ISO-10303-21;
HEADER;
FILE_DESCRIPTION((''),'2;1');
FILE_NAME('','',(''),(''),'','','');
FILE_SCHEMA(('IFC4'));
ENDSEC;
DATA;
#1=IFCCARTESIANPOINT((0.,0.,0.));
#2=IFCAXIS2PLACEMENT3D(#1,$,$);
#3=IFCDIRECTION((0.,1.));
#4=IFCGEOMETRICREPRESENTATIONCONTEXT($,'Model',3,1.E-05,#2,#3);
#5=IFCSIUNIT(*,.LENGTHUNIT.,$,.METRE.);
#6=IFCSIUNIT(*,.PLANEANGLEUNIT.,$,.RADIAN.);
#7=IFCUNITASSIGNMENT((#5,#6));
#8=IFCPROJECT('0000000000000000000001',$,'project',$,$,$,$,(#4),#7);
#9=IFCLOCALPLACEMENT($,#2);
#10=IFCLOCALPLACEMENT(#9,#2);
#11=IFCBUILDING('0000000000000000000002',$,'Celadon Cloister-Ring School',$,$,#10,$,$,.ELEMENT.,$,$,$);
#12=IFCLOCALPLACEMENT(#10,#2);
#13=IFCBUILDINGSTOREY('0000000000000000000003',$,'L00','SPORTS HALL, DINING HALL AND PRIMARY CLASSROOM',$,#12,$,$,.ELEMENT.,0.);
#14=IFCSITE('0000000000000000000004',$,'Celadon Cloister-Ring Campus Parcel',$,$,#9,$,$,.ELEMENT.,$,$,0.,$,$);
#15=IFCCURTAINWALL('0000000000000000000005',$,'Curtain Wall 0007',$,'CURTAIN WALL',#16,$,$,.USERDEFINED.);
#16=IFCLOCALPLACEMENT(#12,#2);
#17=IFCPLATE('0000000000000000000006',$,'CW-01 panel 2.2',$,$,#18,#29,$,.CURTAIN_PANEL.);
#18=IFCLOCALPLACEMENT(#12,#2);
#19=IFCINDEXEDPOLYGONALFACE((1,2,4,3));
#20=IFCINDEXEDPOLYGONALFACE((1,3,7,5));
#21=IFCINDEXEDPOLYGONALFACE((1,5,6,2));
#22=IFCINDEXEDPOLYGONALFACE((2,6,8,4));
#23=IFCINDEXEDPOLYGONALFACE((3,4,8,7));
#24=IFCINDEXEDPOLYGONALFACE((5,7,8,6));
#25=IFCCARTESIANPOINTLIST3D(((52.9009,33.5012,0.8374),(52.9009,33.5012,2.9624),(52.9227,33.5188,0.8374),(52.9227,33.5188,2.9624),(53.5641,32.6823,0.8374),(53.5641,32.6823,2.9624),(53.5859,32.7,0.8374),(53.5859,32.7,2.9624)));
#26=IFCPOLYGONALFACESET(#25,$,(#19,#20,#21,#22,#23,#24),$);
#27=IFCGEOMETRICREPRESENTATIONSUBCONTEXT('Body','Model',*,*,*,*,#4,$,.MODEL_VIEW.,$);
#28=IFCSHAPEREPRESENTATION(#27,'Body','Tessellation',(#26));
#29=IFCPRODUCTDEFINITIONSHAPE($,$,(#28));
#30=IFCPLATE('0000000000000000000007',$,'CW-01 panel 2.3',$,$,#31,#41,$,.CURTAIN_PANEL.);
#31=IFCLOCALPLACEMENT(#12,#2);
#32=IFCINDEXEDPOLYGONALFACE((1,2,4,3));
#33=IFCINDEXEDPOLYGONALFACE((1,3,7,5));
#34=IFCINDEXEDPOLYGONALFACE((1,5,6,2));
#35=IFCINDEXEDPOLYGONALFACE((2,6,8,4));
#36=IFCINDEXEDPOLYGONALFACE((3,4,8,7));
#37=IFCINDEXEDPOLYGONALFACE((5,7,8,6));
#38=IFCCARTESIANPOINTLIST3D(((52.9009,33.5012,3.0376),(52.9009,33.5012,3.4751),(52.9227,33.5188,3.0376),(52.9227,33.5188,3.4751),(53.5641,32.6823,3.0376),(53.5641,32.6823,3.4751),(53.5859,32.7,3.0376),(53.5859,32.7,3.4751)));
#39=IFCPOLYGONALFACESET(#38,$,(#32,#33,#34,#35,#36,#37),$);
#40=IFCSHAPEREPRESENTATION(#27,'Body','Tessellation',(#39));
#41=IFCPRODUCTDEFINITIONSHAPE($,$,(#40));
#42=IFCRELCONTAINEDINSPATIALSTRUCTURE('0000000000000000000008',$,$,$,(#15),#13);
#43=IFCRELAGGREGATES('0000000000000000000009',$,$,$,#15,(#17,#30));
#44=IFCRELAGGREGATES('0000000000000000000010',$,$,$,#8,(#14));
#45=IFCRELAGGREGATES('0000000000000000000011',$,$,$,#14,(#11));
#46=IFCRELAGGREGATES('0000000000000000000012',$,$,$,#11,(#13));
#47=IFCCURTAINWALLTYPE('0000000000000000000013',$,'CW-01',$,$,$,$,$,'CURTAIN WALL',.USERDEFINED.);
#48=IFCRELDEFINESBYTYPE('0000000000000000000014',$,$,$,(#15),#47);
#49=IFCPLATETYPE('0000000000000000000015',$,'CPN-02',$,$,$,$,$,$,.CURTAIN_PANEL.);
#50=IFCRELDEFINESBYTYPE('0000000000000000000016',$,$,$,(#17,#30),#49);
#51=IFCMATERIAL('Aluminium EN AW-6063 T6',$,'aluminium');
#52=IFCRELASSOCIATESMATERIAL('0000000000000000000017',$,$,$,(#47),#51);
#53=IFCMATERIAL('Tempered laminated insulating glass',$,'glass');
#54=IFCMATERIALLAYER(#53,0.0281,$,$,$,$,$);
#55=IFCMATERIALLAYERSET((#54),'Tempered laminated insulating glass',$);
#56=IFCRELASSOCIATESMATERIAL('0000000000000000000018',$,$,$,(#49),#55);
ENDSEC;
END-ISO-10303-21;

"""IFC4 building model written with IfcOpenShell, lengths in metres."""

from ifc_helpers import new_model, si_unit, direction, frame, origin, origin_2d, place, context, subcontext, project, spatial, rectangle, extrude, material, layer, layer_set, type_object, element, aggregate, save


model = new_model("IFC4")

# Units and contexts
model_context = context("Model", 3, precision=1e-05, world=origin(), true_north=direction((0.0, 1.0)))
body_context = subcontext(model_context, "Body", "Model", "MODEL_VIEW")
ifc_project = project(units=[si_unit("LENGTHUNIT", "METRE"), si_unit("PLANEANGLEUNIT", "RADIAN")], contexts=[model_context])

# Site, building, storey
site_placement = place(None, origin())
site = spatial("IfcSite", under=ifc_project, at=site_placement, Name="Celadon Cloister-Ring Campus Parcel", CompositionType="ELEMENT", RefElevation=0.0)
building_placement = place(site_placement, origin())
building = spatial("IfcBuilding", under=site, at=building_placement, Name="Celadon Cloister-Ring School", CompositionType="ELEMENT")
storey_placement = place(building_placement, origin())
storey = spatial("IfcBuildingStorey", under=building, at=storey_placement, Name="L00", Description="SPORTS HALL, DINING HALL AND PRIMARY CLASSROOM", CompositionType="ELEMENT", Elevation=0.0)

# Shared definitions
ifc_material_1 = material(Name="Aluminium EN AW-6063 T6", Category="aluminium")
curtain_wall_type = type_object("IfcCurtainWallType", Name="CW-01", ElementType="CURTAIN WALL", PredefinedType="USERDEFINED", material=ifc_material_1)

# Curtain wall
curtain_wall_1_placement = place(storey_placement, origin())
curtain_wall_1 = element("IfcCurtainWall", 1, at=curtain_wall_1_placement, inside=storey, type_object=curtain_wall_type, Name="Curtain Wall 0007", ObjectType="CURTAIN WALL", PredefinedType="USERDEFINED")

# Plates
ifc_material_2 = material(Name="Tempered laminated insulating glass", Category="glass")
ifc_layer = layer(ifc_material_2, 0.0281)
ifc_layer_set = layer_set([ifc_layer], Name="Tempered laminated insulating glass")
plate_type = type_object("IfcPlateType", Name="CPN-02", PredefinedType="CURTAIN_PANEL", material=ifc_layer_set)
plate_1_placement = place(storey_placement, frame((53.2434, 33.1006, 0.8374), z_axis=(0.0, 0.0, 1.0), x_axis=(0.629416, -0.777068, 0.0)))
plate_1 = element("IfcPlate", 2, at=plate_1_placement, type_object=plate_type, Name="CW-01 panel 2.2", PredefinedType="CURTAIN_PANEL", context=body_context, shape_type="SweptSolid", body=[
    extrude(rectangle(XDim=1.0537, YDim=0.0281, at=origin_2d()), origin(), (0.0, 0.0, 1.0), 2.125),
])
plate_2_placement = place(storey_placement, frame((53.2434, 33.1006, 3.0376), z_axis=(0.0, 0.0, 1.0), x_axis=(0.629416, -0.777068, 0.0)))
plate_2 = element("IfcPlate", 3, at=plate_2_placement, type_object=plate_type, Name="CW-01 panel 2.3", PredefinedType="CURTAIN_PANEL", context=body_context, shape_type="SweptSolid", body=[
    extrude(rectangle(XDim=1.0537, YDim=0.0281, at=origin_2d()), origin(), (0.0, 0.0, 1.0), 0.4375),
])
aggregate(curtain_wall_1, [plate_1, plate_2])

save(model, "model.ifc")
